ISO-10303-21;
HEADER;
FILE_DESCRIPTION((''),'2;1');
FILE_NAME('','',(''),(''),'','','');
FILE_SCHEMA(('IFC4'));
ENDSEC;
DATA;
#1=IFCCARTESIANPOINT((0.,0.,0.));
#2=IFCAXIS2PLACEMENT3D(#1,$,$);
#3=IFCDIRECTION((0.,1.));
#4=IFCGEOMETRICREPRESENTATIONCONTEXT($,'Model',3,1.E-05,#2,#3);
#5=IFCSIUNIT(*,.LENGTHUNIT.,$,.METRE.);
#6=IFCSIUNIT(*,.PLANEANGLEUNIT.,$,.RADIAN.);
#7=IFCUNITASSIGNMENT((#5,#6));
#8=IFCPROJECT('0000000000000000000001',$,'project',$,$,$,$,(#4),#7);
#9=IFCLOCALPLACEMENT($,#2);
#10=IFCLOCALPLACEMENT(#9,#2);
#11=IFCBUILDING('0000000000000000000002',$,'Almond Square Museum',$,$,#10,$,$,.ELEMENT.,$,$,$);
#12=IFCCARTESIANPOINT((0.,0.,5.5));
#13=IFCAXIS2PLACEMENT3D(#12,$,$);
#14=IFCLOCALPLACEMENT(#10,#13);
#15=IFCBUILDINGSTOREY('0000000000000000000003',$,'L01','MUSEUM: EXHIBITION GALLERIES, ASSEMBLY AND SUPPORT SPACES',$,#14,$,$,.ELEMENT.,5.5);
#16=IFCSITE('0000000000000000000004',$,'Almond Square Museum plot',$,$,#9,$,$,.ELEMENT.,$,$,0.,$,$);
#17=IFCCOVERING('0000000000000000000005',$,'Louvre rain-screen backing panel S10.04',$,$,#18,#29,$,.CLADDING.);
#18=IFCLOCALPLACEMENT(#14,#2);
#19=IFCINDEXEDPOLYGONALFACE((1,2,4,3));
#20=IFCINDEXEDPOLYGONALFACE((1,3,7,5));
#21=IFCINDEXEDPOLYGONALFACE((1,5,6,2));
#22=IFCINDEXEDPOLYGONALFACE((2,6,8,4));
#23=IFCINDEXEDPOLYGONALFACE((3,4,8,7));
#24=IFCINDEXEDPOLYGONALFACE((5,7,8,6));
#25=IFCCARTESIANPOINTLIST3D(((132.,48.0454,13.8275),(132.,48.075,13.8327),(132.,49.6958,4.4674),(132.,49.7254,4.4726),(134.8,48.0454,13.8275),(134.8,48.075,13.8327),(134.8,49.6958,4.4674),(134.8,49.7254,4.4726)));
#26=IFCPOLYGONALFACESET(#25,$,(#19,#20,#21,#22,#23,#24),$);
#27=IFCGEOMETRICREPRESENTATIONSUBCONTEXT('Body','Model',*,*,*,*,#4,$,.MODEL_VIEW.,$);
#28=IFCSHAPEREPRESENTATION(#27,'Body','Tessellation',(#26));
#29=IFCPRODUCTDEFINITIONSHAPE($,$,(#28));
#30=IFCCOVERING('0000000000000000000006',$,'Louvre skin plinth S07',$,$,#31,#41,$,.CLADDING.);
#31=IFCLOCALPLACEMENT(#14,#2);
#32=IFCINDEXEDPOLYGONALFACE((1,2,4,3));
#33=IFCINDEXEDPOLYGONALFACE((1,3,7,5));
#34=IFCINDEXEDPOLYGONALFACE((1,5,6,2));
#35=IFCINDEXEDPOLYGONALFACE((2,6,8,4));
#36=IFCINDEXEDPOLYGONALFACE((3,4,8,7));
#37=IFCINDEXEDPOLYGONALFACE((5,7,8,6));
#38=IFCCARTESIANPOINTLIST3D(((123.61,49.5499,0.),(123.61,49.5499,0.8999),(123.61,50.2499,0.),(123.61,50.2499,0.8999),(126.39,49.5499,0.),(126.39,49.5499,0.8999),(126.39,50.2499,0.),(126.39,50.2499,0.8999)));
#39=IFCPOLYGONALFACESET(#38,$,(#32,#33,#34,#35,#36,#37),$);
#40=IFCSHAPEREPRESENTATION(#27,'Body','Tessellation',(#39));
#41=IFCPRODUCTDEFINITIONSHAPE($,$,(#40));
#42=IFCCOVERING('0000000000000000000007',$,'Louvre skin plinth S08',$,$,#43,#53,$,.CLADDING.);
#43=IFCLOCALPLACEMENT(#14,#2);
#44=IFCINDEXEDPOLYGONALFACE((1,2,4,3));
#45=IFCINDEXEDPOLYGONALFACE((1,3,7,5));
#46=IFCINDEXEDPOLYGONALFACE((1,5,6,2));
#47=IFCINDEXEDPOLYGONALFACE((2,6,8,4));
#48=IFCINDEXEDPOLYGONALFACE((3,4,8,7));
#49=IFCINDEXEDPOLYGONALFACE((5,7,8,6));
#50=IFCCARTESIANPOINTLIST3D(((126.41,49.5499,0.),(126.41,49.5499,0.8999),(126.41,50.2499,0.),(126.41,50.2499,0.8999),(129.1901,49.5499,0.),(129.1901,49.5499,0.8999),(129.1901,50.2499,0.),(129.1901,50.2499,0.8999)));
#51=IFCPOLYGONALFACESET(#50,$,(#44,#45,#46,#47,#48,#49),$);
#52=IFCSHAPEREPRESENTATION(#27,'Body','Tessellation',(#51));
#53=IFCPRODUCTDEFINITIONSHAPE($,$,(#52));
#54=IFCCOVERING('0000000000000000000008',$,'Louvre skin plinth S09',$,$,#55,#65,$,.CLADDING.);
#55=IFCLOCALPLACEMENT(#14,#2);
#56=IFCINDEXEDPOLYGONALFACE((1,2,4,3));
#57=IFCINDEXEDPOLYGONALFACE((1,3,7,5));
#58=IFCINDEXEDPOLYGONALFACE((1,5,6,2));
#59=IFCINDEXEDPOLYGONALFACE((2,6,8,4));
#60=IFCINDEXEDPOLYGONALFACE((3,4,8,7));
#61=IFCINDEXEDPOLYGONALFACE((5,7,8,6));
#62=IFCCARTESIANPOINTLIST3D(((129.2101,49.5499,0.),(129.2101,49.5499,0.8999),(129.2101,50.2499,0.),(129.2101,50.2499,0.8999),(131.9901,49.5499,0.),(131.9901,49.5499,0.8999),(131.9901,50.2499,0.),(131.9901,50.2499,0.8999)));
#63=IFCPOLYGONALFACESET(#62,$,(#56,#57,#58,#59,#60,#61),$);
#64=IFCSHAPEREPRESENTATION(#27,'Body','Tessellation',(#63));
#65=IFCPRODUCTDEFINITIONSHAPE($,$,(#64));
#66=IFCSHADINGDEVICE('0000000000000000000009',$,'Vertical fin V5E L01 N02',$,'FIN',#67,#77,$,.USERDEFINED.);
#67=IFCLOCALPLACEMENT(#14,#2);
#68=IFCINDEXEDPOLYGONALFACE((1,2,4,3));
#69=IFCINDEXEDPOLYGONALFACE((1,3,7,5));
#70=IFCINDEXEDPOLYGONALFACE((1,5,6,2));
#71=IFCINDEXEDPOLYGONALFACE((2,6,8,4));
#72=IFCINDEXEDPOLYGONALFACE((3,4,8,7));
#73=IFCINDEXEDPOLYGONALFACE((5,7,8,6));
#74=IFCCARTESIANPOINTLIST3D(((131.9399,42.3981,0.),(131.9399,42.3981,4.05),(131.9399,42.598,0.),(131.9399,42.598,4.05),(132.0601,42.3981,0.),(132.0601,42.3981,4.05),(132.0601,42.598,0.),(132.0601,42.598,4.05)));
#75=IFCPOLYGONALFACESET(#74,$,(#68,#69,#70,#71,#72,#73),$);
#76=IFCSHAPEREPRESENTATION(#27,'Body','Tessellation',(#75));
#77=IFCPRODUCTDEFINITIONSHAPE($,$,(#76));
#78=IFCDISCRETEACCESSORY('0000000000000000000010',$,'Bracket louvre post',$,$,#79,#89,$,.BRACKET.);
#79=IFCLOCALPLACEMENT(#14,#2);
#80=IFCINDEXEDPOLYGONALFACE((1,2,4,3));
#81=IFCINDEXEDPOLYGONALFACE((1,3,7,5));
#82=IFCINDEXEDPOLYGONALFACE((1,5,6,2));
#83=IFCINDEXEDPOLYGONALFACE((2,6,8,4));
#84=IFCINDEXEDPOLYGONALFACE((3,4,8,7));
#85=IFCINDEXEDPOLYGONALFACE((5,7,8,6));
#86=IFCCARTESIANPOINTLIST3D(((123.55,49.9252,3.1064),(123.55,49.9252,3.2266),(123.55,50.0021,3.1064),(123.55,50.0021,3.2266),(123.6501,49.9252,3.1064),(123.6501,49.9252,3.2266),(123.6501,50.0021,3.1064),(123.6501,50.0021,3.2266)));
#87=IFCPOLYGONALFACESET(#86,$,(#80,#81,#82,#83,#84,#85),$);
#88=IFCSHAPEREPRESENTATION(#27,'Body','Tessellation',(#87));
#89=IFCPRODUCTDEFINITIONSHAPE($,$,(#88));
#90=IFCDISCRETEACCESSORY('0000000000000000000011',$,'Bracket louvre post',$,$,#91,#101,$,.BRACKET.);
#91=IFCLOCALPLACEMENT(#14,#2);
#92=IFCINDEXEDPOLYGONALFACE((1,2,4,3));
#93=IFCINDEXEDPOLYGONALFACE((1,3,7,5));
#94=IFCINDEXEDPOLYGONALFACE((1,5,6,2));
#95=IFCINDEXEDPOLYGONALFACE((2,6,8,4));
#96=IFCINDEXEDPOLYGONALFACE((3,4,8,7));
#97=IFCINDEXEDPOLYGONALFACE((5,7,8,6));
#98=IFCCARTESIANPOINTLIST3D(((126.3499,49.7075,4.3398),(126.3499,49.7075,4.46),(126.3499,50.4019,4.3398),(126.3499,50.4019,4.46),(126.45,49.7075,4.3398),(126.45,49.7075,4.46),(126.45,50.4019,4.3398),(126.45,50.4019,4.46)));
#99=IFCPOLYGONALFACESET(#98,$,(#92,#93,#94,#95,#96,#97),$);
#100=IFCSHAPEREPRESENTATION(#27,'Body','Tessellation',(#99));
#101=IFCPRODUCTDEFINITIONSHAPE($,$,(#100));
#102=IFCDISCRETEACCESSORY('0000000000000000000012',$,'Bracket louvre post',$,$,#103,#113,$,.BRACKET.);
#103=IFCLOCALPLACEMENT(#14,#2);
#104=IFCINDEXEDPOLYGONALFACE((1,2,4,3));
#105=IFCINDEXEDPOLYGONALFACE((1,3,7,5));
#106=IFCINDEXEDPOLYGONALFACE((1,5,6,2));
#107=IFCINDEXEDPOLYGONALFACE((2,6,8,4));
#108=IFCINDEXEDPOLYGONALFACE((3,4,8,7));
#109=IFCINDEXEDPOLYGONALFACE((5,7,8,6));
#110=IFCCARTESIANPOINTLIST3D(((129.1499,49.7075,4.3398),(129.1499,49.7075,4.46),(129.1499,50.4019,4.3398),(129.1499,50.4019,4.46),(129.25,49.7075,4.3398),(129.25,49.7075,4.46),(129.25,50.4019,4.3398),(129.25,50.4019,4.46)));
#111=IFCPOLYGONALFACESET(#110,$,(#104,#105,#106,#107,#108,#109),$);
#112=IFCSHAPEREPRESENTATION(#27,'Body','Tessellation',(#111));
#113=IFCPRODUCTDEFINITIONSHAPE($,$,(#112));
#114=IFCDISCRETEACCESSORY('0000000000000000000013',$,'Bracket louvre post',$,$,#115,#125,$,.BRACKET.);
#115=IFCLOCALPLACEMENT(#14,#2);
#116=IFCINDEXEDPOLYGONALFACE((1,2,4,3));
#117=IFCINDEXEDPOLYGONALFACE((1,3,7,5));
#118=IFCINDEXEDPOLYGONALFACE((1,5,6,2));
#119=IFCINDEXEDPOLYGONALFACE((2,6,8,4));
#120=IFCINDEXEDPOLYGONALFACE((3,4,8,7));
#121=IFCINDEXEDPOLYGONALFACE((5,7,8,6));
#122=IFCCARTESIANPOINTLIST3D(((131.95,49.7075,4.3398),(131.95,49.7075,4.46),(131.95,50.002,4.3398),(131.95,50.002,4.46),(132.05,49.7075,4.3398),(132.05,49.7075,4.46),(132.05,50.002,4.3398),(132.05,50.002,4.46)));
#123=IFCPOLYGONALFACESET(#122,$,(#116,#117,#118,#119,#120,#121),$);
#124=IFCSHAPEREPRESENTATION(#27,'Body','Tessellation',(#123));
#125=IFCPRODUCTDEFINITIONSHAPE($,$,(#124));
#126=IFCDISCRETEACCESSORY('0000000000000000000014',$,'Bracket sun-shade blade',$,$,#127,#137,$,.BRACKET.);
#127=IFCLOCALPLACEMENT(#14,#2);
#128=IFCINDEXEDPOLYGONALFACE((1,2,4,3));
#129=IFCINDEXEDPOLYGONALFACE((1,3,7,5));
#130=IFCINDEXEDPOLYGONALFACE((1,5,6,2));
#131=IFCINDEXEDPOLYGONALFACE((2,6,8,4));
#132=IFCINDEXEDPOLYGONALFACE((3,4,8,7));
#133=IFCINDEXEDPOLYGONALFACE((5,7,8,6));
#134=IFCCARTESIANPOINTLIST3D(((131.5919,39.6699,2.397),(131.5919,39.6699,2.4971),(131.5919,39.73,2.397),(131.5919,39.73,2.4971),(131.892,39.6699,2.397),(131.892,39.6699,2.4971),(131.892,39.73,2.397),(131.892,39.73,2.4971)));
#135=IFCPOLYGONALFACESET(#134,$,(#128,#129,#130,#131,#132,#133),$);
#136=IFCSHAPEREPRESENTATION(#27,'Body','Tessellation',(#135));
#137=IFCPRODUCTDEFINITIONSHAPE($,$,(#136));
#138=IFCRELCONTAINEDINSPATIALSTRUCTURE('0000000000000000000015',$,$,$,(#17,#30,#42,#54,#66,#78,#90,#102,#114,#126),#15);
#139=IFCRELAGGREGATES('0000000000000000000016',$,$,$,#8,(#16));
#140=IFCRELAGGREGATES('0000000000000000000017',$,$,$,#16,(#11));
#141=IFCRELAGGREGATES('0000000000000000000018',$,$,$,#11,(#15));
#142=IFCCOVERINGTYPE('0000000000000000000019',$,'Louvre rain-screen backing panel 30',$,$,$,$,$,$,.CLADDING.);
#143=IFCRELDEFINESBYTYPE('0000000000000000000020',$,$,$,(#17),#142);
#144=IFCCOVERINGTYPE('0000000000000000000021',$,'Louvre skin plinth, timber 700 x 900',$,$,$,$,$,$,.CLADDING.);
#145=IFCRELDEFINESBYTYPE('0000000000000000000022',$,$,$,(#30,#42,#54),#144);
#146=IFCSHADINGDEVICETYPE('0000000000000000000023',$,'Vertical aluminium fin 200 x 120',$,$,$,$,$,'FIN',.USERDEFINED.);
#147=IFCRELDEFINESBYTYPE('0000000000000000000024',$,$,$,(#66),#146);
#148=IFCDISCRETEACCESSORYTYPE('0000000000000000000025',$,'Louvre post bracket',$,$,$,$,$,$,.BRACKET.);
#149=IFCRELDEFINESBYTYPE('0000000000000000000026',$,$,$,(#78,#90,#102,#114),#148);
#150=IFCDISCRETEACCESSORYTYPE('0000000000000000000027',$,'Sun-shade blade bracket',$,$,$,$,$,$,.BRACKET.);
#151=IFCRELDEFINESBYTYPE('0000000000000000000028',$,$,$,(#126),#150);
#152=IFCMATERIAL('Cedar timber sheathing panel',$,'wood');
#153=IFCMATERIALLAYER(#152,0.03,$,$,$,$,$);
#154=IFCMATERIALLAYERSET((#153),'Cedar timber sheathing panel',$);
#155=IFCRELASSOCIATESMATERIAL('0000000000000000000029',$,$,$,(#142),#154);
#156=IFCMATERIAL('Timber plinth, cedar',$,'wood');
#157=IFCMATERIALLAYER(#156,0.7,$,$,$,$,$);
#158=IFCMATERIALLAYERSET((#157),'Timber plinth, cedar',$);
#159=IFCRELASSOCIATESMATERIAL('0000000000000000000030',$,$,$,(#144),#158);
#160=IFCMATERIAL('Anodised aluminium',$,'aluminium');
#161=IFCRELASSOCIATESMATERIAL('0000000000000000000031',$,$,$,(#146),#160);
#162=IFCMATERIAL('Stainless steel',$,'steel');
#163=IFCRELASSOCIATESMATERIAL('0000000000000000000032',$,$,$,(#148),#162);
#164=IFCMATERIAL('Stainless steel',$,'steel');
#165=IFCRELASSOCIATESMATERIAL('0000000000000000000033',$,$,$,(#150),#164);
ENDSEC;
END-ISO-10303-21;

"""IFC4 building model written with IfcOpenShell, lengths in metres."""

from ifc_helpers import new_model, si_unit, direction, frame, origin, origin_2d, place, context, subcontext, project, spatial, polyline, rectangle, outline, extrude, material, layer, layer_set, material_profile, profile_set, type_object, element, save


model = new_model("IFC4")

# Units and contexts
model_context = context("Model", 3, precision=1e-05, world=origin(), true_north=direction((0.0, 1.0)))
body_context = subcontext(model_context, "Body", "Model", "MODEL_VIEW")
ifc_project = project(units=[si_unit("LENGTHUNIT", "METRE"), si_unit("PLANEANGLEUNIT", "RADIAN")], contexts=[model_context])

# Site, building, storey
site_placement = place(None, origin())
site = spatial("IfcSite", under=ifc_project, at=site_placement, Name="Almond Square Museum plot", CompositionType="ELEMENT", RefElevation=0.0)
building_placement = place(site_placement, origin())
building = spatial("IfcBuilding", under=site, at=building_placement, Name="Almond Square Museum", CompositionType="ELEMENT")
storey_placement = place(building_placement, frame((0.0, 0.0, 5.5)))
storey = spatial("IfcBuildingStorey", under=building, at=storey_placement, Name="L01", Description="MUSEUM: EXHIBITION GALLERIES, ASSEMBLY AND SUPPORT SPACES", CompositionType="ELEMENT", Elevation=5.5)

# Coverings
ifc_material_1 = material(Name="Cedar timber sheathing panel", Category="wood")
ifc_layer_1 = layer(ifc_material_1, 0.03)
ifc_layer_set_1 = layer_set([ifc_layer_1], Name="Cedar timber sheathing panel")
covering_type_1 = type_object("IfcCoveringType", Name="Louvre rain-screen backing panel 30", PredefinedType="CLADDING", material=ifc_layer_set_1)
for number, where, z_axis, x_axis, name in (
    (1, (132.0, 49.7104, 4.47), (0.0, -0.984809, -0.173643), (1.0, 0.0, 0.0), "Louvre rain-screen backing panel S10.04"),
):
    element("IfcCovering", number, at=place(storey_placement, frame(where, z_axis=z_axis, x_axis=x_axis)), inside=storey, type_object=covering_type_1, Name=name, PredefinedType="CLADDING", context=body_context, shape_type="SweptSolid", body=[
        extrude(outline(polyline([(0.0, 0.0), (2.8, 0.0), (2.8, 9.5045), (0.0, 9.5045), (0.0, 0.0)])), frame((0.0, 0.0, -0.0151)), (0.0, 0.0, 1.0), 0.03),
    ])
ifc_material_2 = material(Name="Timber plinth, cedar", Category="wood")
ifc_layer_2 = layer(ifc_material_2, 0.7)
ifc_layer_set_2 = layer_set([ifc_layer_2], Name="Timber plinth, cedar")
covering_type_2 = type_object("IfcCoveringType", Name="Louvre skin plinth, timber 700 x 900", PredefinedType="CLADDING", material=ifc_layer_set_2)
for number, where, z_axis, x_axis, name in (
    (2, (125.0, 49.8999, 0.0), (0.0, 0.0, 1.0), (1.0, 0.0, 0.0), "Louvre skin plinth S07"),
    (3, (127.8, 49.8999, 0.0), (0.0, 0.0, 1.0), (1.0, 0.0, 0.0), "Louvre skin plinth S08"),
    (4, (130.6001, 49.8999, 0.0), (0.0, 0.0, 1.0), (1.0, 0.0, 0.0), "Louvre skin plinth S09"),
):
    element("IfcCovering", number, at=place(storey_placement, frame(where, z_axis=z_axis, x_axis=x_axis)), inside=storey, type_object=covering_type_2, Name=name, PredefinedType="CLADDING", context=body_context, shape_type="SweptSolid", body=[
        extrude(rectangle(XDim=2.78, YDim=0.7, at=origin_2d()), origin(), (0.0, 0.0, 1.0), 0.8999),
    ])

# Shading device
ifc_material_3 = material(Name="Anodised aluminium", Category="aluminium")
ifc_material_profile_1 = material_profile(ifc_material_3, rectangle(XDim=0.2, YDim=0.1201, at=origin_2d()))
ifc_profile_set_1 = profile_set([ifc_material_profile_1], Name="Anodised aluminium")
shading_device_type_1 = type_object("IfcShadingDeviceType", Name="Vertical aluminium fin 200 x 120", ElementType="FIN", PredefinedType="USERDEFINED", material=ifc_profile_set_1)
shading_device_1_placement = place(storey_placement, frame((132.0, 42.498, 0.0), z_axis=(0.0, 0.0, 1.0), x_axis=(0.0, 1.0, 0.0)))
element("IfcShadingDevice", 5, at=shading_device_1_placement, inside=storey, type_object=shading_device_type_1, Name="Vertical fin V5E L01 N02", ObjectType="FIN", PredefinedType="USERDEFINED", context=body_context, shape_type="SweptSolid", body=[
    extrude(rectangle(XDim=0.2, YDim=0.1201, at=origin_2d()), origin(), (0.0, 0.0, 1.0), 4.05),
])

# Discrete accessories
ifc_material_4 = material(Name="Stainless steel", Category="steel")
discrete_accessory_type_1 = type_object("IfcDiscreteAccessoryType", Name="Louvre post bracket", PredefinedType="BRACKET", material=ifc_material_4)
discrete_accessory_1_placement = place(storey_placement, frame((123.6001, 49.9636, 3.1064), z_axis=(0.0, 0.0, 1.0), x_axis=(1.0, 0.0, 0.0)))
element("IfcDiscreteAccessory", 6, at=discrete_accessory_1_placement, inside=storey, type_object=discrete_accessory_type_1, Name="Bracket louvre post", PredefinedType="BRACKET", context=body_context, shape_type="SweptSolid", body=[
    extrude(rectangle(XDim=0.1001, YDim=0.0769, at=origin_2d()), origin(), (0.0, 0.0, 1.0), 0.1201),
])
for number, where, z_axis, x_axis, name in (
    (7, (126.3999, 50.0547, 4.3398), (0.0, 0.0, 1.0), (1.0, 0.0, 0.0), "Bracket louvre post"),
    (8, (129.2, 50.0547, 4.3398), (0.0, 0.0, 1.0), (1.0, 0.0, 0.0), "Bracket louvre post"),
):
    element("IfcDiscreteAccessory", number, at=place(storey_placement, frame(where, z_axis=z_axis, x_axis=x_axis)), inside=storey, type_object=discrete_accessory_type_1, Name=name, PredefinedType="BRACKET", context=body_context, shape_type="SweptSolid", body=[
        extrude(rectangle(XDim=0.1001, YDim=0.6943, at=origin_2d()), origin(), (0.0, 0.0, 1.0), 0.1201),
    ])
discrete_accessory_2_placement = place(storey_placement, frame((132.0, 49.8547, 4.3398), z_axis=(0.0, 0.0, 1.0), x_axis=(1.0, 0.0, 0.0)))
element("IfcDiscreteAccessory", 9, at=discrete_accessory_2_placement, inside=storey, type_object=discrete_accessory_type_1, Name="Bracket louvre post", PredefinedType="BRACKET", context=body_context, shape_type="SweptSolid", body=[
    extrude(rectangle(XDim=0.1001, YDim=0.2944, at=origin_2d()), origin(), (0.0, 0.0, 1.0), 0.1201),
])
ifc_material_5 = material(Name="Stainless steel", Category="steel")
discrete_accessory_type_2 = type_object("IfcDiscreteAccessoryType", Name="Sun-shade blade bracket", PredefinedType="BRACKET", material=ifc_material_5)
discrete_accessory_3_placement = place(storey_placement, frame((131.7419, 39.7, 2.397), z_axis=(0.0, 0.0, 1.0), x_axis=(1.0, 0.0, 0.0)))
element("IfcDiscreteAccessory", 10, at=discrete_accessory_3_placement, inside=storey, type_object=discrete_accessory_type_2, Name="Bracket sun-shade blade", PredefinedType="BRACKET", context=body_context, shape_type="SweptSolid", body=[
    extrude(rectangle(XDim=0.3, YDim=0.0601, at=origin_2d()), origin(), (0.0, 0.0, 1.0), 0.1001),
])

save(model, "model.ifc")
